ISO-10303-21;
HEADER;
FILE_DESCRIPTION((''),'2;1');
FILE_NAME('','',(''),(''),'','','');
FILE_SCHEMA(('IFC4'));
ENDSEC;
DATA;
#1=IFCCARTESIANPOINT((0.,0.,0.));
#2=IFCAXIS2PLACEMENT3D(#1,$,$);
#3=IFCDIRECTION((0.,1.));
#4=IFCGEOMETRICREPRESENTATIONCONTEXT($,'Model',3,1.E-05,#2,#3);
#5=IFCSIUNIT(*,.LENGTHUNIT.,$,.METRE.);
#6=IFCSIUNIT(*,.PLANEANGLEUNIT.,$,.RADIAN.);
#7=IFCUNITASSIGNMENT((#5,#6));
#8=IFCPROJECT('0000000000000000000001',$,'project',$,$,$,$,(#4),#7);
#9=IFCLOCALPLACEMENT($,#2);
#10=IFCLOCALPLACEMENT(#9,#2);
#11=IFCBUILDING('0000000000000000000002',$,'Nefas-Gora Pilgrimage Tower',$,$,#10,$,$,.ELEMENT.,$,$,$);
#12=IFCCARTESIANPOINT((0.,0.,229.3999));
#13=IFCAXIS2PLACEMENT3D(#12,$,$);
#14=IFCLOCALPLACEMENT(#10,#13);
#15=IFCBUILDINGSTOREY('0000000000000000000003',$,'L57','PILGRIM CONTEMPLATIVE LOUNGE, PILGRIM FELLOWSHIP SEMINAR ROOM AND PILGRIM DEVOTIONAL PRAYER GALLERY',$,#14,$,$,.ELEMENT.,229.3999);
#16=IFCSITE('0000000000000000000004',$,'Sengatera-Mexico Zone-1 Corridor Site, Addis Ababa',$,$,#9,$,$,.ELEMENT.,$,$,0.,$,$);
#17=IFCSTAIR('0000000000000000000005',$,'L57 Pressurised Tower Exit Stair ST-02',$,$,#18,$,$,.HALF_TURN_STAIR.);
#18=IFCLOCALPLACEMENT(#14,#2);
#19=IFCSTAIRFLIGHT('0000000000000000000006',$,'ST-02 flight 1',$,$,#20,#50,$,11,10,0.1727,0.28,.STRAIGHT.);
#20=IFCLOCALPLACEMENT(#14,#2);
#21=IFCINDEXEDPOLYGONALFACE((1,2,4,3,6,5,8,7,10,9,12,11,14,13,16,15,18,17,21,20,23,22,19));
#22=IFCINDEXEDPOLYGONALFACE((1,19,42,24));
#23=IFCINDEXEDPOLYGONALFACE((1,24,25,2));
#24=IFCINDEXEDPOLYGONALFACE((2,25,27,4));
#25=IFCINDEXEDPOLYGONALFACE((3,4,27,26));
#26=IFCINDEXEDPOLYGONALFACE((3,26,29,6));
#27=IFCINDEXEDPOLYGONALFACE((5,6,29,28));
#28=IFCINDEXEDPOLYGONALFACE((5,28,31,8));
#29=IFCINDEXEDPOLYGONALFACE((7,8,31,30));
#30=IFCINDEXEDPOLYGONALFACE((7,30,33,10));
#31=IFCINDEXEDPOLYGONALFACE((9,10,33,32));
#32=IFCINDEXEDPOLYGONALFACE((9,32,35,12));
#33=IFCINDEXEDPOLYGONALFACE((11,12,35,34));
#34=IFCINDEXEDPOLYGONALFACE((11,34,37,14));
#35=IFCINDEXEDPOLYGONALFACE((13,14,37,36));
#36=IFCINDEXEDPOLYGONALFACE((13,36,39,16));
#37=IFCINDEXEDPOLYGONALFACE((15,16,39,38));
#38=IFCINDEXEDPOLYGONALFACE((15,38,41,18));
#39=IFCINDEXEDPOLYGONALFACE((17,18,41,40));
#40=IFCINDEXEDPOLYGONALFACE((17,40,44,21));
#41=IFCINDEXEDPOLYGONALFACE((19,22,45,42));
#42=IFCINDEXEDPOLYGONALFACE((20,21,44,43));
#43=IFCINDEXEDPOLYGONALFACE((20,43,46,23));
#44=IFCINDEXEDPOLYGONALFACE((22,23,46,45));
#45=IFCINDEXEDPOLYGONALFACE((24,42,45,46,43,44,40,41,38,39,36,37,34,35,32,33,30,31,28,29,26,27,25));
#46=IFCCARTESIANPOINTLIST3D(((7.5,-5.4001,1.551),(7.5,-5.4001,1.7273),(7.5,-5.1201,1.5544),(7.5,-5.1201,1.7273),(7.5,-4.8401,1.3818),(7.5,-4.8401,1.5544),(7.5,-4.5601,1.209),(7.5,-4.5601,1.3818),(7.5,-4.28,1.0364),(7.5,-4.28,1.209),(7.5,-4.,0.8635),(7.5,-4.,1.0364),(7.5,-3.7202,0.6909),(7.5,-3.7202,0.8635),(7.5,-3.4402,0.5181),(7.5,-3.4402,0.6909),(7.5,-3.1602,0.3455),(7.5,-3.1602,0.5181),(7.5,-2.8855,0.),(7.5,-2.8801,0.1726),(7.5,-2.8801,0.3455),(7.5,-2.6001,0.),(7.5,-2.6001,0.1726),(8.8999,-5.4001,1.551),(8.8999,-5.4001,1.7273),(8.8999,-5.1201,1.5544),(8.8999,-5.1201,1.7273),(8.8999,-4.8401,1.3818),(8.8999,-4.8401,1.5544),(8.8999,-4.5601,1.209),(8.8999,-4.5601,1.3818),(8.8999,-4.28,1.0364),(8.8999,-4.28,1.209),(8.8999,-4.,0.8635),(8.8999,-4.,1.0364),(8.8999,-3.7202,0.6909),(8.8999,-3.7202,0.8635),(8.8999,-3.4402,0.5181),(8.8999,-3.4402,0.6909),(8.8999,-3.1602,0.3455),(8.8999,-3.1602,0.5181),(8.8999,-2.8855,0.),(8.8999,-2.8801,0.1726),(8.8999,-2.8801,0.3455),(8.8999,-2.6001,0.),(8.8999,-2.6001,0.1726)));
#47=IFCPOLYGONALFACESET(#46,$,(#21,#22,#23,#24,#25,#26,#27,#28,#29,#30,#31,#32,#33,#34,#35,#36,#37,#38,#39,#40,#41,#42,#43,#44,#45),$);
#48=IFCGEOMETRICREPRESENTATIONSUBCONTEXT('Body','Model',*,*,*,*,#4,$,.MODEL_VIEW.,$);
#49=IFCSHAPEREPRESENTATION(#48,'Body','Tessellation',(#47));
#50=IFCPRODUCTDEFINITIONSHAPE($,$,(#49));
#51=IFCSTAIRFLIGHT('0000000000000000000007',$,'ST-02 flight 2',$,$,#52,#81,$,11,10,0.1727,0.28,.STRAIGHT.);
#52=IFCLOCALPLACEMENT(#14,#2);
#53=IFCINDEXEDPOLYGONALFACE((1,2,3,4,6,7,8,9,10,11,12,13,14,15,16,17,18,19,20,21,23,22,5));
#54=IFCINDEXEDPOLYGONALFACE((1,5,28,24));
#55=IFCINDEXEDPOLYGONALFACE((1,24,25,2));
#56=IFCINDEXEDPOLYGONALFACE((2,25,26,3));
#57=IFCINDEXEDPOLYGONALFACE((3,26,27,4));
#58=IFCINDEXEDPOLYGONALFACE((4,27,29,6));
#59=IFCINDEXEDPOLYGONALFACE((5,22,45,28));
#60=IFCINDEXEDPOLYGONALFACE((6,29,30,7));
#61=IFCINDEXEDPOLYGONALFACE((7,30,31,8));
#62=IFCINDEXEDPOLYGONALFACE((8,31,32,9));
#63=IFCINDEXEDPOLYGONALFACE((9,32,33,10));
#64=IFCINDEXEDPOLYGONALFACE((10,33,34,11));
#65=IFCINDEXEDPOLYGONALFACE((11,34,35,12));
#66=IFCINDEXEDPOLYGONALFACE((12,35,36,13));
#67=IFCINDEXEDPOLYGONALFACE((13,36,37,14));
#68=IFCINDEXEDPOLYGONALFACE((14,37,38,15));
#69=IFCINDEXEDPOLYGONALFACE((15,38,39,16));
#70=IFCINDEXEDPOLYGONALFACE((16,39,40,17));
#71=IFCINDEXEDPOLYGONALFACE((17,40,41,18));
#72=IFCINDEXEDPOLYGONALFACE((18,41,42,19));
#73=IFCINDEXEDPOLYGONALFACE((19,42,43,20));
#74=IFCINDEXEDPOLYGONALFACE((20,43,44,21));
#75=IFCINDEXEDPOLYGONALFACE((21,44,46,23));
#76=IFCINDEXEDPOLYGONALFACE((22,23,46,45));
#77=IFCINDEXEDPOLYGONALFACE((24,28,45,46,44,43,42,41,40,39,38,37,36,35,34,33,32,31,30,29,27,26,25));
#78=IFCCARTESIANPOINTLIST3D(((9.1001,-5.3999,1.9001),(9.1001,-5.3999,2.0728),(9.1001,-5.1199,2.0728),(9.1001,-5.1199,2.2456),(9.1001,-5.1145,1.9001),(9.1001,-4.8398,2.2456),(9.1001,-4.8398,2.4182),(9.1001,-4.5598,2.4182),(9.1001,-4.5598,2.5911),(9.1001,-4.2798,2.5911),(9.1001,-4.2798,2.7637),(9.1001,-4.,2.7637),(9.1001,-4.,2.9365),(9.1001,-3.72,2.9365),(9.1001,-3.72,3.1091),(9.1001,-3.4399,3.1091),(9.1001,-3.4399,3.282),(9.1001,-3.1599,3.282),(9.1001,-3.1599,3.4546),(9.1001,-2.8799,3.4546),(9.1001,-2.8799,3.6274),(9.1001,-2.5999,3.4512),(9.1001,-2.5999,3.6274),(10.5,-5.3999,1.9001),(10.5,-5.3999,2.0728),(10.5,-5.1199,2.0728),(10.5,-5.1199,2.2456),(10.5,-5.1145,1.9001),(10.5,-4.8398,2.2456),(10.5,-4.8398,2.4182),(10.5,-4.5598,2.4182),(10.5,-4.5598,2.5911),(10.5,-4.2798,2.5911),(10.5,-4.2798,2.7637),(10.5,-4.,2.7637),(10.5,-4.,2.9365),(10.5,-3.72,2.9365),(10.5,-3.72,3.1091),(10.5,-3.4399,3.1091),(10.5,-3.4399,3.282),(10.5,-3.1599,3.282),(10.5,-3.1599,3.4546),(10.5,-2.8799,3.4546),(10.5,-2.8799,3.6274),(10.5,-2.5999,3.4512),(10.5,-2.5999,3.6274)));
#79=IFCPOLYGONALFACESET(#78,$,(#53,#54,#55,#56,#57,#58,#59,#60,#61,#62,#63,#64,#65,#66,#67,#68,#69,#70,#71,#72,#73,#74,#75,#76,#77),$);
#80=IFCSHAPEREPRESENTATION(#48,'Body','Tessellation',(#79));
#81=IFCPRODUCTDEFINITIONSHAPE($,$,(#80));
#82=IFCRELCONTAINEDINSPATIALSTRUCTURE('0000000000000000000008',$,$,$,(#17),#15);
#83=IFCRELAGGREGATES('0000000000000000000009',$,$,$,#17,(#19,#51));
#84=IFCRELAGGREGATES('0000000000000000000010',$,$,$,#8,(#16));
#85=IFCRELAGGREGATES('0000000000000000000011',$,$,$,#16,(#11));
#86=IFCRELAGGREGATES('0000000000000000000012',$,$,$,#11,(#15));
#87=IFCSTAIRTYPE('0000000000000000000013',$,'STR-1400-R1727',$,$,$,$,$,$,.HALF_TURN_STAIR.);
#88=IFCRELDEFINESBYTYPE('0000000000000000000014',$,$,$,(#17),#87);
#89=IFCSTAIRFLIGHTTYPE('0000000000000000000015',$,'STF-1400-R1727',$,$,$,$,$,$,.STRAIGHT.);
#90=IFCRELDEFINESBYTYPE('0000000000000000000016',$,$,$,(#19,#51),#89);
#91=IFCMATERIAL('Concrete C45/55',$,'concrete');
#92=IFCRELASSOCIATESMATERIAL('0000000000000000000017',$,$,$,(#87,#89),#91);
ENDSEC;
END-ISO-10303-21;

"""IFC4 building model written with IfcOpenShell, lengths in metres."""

from ifc_helpers import new_model, si_unit, direction, frame, origin, place, context, subcontext, project, spatial, polyline, outline, extrude, source, transform, mapped, material, type_object, element, aggregate, save


model = new_model("IFC4")

# Units and contexts
model_context = context("Model", 3, precision=1e-05, world=origin(), true_north=direction((0.0, 1.0)))
body_context = subcontext(model_context, "Body", "Model", "MODEL_VIEW")
ifc_project = project(units=[si_unit("LENGTHUNIT", "METRE"), si_unit("PLANEANGLEUNIT", "RADIAN")], contexts=[model_context])

# Site, building, storey
site_placement = place(None, origin())
site = spatial("IfcSite", under=ifc_project, at=site_placement, Name="Sengatera-Mexico Zone-1 Corridor Site, Addis Ababa", CompositionType="ELEMENT", RefElevation=0.0)
building_placement = place(site_placement, origin())
building = spatial("IfcBuilding", under=site, at=building_placement, Name="Nefas-Gora Pilgrimage Tower", CompositionType="ELEMENT")
storey_placement = place(building_placement, frame((0.0, 0.0, 229.3999)))
storey = spatial("IfcBuildingStorey", under=building, at=storey_placement, Name="L57", Description="PILGRIM CONTEMPLATIVE LOUNGE, PILGRIM FELLOWSHIP SEMINAR ROOM AND PILGRIM DEVOTIONAL PRAYER GALLERY", CompositionType="ELEMENT", Elevation=229.3999)

# Shared definitions
ifc_material_1 = material(Name="Concrete C45/55", Category="concrete")

# Stair, stair flights
stair_type = type_object("IfcStairType", Name="STR-1400-R1727", PredefinedType="HALF_TURN_STAIR", material=ifc_material_1)
stair_placement = place(storey_placement, origin())
stair = element("IfcStair", 1, at=stair_placement, inside=storey, type_object=stair_type, Name="L57 Pressurised Tower Exit Stair ST-02", PredefinedType="HALF_TURN_STAIR")
stair_flight_type = type_object("IfcStairFlightType", Name="STF-1400-R1727", PredefinedType="STRAIGHT", material=ifc_material_1)
shared_shape_1 = source(origin(), body_context, "Body", "SweptSolid", [
    extrude(outline(polyline([(0.0, 0.0), (0.0, 0.1726), (0.28, 0.1726), (0.28, 0.3455), (0.5601, 0.3455), (0.5601, 0.5181), (0.8401, 0.5181), (0.8401, 0.6909), (1.1201, 0.6909), (1.1201, 0.8635), (1.3999, 0.8635), (1.3999, 1.0364), (1.6799, 1.0364), (1.6799, 1.209), (1.96, 1.209), (1.96, 1.3818), (2.24, 1.3818), (2.24, 1.5544), (2.52, 1.5544), (2.52, 1.7273), (2.8, 1.7273), (2.8, 1.8999), (2.8, 1.551), (0.2854, 0.0), (0.0, 0.0)])), frame((0.0, 0.7, 0.0), z_axis=(0.0, -1.0, 0.0), x_axis=(1.0, 0.0, 0.0)), (0.0, 0.0, 1.0), 1.3999),
])
stair_flight_1_placement = place(storey_placement, frame((8.2, -2.6001, 0.0), z_axis=(0.0, 0.0, 1.0), x_axis=(0.0, -1.0, 0.0)))
stair_flight_1 = element("IfcStairFlight", 2, at=stair_flight_1_placement, type_object=stair_flight_type, Name="ST-02 flight 1", NumberOfRisers=11, NumberOfTreads=10, PredefinedType="STRAIGHT", RiserHeight=0.1727, TreadLength=0.28, context=body_context, shape_type="MappedRepresentation", body=[
    mapped(shared_shape_1, transform((0.0, 0.0, 0.0), x_axis=(1.0, 0.0, 0.0), y_axis=(0.0, 1.0, 0.0), z_axis=(0.0, 0.0, 1.0), scale=1.0)),
])
stair_flight_2_placement = place(storey_placement, frame((9.8, -5.3999, 1.9001), z_axis=(0.0, 0.0, 1.0), x_axis=(0.0, 1.0, 0.0)))
stair_flight_2 = element("IfcStairFlight", 3, at=stair_flight_2_placement, type_object=stair_flight_type, Name="ST-02 flight 2", NumberOfRisers=11, NumberOfTreads=10, PredefinedType="STRAIGHT", RiserHeight=0.1727, TreadLength=0.28, context=body_context, shape_type="MappedRepresentation", body=[
    mapped(shared_shape_1, transform((0.0, 0.0, 0.0), x_axis=(1.0, 0.0, 0.0), y_axis=(0.0, 1.0, 0.0), z_axis=(0.0, 0.0, 1.0), scale=1.0)),
])
aggregate(stair, [stair_flight_1, stair_flight_2])

save(model, "model.ifc")
